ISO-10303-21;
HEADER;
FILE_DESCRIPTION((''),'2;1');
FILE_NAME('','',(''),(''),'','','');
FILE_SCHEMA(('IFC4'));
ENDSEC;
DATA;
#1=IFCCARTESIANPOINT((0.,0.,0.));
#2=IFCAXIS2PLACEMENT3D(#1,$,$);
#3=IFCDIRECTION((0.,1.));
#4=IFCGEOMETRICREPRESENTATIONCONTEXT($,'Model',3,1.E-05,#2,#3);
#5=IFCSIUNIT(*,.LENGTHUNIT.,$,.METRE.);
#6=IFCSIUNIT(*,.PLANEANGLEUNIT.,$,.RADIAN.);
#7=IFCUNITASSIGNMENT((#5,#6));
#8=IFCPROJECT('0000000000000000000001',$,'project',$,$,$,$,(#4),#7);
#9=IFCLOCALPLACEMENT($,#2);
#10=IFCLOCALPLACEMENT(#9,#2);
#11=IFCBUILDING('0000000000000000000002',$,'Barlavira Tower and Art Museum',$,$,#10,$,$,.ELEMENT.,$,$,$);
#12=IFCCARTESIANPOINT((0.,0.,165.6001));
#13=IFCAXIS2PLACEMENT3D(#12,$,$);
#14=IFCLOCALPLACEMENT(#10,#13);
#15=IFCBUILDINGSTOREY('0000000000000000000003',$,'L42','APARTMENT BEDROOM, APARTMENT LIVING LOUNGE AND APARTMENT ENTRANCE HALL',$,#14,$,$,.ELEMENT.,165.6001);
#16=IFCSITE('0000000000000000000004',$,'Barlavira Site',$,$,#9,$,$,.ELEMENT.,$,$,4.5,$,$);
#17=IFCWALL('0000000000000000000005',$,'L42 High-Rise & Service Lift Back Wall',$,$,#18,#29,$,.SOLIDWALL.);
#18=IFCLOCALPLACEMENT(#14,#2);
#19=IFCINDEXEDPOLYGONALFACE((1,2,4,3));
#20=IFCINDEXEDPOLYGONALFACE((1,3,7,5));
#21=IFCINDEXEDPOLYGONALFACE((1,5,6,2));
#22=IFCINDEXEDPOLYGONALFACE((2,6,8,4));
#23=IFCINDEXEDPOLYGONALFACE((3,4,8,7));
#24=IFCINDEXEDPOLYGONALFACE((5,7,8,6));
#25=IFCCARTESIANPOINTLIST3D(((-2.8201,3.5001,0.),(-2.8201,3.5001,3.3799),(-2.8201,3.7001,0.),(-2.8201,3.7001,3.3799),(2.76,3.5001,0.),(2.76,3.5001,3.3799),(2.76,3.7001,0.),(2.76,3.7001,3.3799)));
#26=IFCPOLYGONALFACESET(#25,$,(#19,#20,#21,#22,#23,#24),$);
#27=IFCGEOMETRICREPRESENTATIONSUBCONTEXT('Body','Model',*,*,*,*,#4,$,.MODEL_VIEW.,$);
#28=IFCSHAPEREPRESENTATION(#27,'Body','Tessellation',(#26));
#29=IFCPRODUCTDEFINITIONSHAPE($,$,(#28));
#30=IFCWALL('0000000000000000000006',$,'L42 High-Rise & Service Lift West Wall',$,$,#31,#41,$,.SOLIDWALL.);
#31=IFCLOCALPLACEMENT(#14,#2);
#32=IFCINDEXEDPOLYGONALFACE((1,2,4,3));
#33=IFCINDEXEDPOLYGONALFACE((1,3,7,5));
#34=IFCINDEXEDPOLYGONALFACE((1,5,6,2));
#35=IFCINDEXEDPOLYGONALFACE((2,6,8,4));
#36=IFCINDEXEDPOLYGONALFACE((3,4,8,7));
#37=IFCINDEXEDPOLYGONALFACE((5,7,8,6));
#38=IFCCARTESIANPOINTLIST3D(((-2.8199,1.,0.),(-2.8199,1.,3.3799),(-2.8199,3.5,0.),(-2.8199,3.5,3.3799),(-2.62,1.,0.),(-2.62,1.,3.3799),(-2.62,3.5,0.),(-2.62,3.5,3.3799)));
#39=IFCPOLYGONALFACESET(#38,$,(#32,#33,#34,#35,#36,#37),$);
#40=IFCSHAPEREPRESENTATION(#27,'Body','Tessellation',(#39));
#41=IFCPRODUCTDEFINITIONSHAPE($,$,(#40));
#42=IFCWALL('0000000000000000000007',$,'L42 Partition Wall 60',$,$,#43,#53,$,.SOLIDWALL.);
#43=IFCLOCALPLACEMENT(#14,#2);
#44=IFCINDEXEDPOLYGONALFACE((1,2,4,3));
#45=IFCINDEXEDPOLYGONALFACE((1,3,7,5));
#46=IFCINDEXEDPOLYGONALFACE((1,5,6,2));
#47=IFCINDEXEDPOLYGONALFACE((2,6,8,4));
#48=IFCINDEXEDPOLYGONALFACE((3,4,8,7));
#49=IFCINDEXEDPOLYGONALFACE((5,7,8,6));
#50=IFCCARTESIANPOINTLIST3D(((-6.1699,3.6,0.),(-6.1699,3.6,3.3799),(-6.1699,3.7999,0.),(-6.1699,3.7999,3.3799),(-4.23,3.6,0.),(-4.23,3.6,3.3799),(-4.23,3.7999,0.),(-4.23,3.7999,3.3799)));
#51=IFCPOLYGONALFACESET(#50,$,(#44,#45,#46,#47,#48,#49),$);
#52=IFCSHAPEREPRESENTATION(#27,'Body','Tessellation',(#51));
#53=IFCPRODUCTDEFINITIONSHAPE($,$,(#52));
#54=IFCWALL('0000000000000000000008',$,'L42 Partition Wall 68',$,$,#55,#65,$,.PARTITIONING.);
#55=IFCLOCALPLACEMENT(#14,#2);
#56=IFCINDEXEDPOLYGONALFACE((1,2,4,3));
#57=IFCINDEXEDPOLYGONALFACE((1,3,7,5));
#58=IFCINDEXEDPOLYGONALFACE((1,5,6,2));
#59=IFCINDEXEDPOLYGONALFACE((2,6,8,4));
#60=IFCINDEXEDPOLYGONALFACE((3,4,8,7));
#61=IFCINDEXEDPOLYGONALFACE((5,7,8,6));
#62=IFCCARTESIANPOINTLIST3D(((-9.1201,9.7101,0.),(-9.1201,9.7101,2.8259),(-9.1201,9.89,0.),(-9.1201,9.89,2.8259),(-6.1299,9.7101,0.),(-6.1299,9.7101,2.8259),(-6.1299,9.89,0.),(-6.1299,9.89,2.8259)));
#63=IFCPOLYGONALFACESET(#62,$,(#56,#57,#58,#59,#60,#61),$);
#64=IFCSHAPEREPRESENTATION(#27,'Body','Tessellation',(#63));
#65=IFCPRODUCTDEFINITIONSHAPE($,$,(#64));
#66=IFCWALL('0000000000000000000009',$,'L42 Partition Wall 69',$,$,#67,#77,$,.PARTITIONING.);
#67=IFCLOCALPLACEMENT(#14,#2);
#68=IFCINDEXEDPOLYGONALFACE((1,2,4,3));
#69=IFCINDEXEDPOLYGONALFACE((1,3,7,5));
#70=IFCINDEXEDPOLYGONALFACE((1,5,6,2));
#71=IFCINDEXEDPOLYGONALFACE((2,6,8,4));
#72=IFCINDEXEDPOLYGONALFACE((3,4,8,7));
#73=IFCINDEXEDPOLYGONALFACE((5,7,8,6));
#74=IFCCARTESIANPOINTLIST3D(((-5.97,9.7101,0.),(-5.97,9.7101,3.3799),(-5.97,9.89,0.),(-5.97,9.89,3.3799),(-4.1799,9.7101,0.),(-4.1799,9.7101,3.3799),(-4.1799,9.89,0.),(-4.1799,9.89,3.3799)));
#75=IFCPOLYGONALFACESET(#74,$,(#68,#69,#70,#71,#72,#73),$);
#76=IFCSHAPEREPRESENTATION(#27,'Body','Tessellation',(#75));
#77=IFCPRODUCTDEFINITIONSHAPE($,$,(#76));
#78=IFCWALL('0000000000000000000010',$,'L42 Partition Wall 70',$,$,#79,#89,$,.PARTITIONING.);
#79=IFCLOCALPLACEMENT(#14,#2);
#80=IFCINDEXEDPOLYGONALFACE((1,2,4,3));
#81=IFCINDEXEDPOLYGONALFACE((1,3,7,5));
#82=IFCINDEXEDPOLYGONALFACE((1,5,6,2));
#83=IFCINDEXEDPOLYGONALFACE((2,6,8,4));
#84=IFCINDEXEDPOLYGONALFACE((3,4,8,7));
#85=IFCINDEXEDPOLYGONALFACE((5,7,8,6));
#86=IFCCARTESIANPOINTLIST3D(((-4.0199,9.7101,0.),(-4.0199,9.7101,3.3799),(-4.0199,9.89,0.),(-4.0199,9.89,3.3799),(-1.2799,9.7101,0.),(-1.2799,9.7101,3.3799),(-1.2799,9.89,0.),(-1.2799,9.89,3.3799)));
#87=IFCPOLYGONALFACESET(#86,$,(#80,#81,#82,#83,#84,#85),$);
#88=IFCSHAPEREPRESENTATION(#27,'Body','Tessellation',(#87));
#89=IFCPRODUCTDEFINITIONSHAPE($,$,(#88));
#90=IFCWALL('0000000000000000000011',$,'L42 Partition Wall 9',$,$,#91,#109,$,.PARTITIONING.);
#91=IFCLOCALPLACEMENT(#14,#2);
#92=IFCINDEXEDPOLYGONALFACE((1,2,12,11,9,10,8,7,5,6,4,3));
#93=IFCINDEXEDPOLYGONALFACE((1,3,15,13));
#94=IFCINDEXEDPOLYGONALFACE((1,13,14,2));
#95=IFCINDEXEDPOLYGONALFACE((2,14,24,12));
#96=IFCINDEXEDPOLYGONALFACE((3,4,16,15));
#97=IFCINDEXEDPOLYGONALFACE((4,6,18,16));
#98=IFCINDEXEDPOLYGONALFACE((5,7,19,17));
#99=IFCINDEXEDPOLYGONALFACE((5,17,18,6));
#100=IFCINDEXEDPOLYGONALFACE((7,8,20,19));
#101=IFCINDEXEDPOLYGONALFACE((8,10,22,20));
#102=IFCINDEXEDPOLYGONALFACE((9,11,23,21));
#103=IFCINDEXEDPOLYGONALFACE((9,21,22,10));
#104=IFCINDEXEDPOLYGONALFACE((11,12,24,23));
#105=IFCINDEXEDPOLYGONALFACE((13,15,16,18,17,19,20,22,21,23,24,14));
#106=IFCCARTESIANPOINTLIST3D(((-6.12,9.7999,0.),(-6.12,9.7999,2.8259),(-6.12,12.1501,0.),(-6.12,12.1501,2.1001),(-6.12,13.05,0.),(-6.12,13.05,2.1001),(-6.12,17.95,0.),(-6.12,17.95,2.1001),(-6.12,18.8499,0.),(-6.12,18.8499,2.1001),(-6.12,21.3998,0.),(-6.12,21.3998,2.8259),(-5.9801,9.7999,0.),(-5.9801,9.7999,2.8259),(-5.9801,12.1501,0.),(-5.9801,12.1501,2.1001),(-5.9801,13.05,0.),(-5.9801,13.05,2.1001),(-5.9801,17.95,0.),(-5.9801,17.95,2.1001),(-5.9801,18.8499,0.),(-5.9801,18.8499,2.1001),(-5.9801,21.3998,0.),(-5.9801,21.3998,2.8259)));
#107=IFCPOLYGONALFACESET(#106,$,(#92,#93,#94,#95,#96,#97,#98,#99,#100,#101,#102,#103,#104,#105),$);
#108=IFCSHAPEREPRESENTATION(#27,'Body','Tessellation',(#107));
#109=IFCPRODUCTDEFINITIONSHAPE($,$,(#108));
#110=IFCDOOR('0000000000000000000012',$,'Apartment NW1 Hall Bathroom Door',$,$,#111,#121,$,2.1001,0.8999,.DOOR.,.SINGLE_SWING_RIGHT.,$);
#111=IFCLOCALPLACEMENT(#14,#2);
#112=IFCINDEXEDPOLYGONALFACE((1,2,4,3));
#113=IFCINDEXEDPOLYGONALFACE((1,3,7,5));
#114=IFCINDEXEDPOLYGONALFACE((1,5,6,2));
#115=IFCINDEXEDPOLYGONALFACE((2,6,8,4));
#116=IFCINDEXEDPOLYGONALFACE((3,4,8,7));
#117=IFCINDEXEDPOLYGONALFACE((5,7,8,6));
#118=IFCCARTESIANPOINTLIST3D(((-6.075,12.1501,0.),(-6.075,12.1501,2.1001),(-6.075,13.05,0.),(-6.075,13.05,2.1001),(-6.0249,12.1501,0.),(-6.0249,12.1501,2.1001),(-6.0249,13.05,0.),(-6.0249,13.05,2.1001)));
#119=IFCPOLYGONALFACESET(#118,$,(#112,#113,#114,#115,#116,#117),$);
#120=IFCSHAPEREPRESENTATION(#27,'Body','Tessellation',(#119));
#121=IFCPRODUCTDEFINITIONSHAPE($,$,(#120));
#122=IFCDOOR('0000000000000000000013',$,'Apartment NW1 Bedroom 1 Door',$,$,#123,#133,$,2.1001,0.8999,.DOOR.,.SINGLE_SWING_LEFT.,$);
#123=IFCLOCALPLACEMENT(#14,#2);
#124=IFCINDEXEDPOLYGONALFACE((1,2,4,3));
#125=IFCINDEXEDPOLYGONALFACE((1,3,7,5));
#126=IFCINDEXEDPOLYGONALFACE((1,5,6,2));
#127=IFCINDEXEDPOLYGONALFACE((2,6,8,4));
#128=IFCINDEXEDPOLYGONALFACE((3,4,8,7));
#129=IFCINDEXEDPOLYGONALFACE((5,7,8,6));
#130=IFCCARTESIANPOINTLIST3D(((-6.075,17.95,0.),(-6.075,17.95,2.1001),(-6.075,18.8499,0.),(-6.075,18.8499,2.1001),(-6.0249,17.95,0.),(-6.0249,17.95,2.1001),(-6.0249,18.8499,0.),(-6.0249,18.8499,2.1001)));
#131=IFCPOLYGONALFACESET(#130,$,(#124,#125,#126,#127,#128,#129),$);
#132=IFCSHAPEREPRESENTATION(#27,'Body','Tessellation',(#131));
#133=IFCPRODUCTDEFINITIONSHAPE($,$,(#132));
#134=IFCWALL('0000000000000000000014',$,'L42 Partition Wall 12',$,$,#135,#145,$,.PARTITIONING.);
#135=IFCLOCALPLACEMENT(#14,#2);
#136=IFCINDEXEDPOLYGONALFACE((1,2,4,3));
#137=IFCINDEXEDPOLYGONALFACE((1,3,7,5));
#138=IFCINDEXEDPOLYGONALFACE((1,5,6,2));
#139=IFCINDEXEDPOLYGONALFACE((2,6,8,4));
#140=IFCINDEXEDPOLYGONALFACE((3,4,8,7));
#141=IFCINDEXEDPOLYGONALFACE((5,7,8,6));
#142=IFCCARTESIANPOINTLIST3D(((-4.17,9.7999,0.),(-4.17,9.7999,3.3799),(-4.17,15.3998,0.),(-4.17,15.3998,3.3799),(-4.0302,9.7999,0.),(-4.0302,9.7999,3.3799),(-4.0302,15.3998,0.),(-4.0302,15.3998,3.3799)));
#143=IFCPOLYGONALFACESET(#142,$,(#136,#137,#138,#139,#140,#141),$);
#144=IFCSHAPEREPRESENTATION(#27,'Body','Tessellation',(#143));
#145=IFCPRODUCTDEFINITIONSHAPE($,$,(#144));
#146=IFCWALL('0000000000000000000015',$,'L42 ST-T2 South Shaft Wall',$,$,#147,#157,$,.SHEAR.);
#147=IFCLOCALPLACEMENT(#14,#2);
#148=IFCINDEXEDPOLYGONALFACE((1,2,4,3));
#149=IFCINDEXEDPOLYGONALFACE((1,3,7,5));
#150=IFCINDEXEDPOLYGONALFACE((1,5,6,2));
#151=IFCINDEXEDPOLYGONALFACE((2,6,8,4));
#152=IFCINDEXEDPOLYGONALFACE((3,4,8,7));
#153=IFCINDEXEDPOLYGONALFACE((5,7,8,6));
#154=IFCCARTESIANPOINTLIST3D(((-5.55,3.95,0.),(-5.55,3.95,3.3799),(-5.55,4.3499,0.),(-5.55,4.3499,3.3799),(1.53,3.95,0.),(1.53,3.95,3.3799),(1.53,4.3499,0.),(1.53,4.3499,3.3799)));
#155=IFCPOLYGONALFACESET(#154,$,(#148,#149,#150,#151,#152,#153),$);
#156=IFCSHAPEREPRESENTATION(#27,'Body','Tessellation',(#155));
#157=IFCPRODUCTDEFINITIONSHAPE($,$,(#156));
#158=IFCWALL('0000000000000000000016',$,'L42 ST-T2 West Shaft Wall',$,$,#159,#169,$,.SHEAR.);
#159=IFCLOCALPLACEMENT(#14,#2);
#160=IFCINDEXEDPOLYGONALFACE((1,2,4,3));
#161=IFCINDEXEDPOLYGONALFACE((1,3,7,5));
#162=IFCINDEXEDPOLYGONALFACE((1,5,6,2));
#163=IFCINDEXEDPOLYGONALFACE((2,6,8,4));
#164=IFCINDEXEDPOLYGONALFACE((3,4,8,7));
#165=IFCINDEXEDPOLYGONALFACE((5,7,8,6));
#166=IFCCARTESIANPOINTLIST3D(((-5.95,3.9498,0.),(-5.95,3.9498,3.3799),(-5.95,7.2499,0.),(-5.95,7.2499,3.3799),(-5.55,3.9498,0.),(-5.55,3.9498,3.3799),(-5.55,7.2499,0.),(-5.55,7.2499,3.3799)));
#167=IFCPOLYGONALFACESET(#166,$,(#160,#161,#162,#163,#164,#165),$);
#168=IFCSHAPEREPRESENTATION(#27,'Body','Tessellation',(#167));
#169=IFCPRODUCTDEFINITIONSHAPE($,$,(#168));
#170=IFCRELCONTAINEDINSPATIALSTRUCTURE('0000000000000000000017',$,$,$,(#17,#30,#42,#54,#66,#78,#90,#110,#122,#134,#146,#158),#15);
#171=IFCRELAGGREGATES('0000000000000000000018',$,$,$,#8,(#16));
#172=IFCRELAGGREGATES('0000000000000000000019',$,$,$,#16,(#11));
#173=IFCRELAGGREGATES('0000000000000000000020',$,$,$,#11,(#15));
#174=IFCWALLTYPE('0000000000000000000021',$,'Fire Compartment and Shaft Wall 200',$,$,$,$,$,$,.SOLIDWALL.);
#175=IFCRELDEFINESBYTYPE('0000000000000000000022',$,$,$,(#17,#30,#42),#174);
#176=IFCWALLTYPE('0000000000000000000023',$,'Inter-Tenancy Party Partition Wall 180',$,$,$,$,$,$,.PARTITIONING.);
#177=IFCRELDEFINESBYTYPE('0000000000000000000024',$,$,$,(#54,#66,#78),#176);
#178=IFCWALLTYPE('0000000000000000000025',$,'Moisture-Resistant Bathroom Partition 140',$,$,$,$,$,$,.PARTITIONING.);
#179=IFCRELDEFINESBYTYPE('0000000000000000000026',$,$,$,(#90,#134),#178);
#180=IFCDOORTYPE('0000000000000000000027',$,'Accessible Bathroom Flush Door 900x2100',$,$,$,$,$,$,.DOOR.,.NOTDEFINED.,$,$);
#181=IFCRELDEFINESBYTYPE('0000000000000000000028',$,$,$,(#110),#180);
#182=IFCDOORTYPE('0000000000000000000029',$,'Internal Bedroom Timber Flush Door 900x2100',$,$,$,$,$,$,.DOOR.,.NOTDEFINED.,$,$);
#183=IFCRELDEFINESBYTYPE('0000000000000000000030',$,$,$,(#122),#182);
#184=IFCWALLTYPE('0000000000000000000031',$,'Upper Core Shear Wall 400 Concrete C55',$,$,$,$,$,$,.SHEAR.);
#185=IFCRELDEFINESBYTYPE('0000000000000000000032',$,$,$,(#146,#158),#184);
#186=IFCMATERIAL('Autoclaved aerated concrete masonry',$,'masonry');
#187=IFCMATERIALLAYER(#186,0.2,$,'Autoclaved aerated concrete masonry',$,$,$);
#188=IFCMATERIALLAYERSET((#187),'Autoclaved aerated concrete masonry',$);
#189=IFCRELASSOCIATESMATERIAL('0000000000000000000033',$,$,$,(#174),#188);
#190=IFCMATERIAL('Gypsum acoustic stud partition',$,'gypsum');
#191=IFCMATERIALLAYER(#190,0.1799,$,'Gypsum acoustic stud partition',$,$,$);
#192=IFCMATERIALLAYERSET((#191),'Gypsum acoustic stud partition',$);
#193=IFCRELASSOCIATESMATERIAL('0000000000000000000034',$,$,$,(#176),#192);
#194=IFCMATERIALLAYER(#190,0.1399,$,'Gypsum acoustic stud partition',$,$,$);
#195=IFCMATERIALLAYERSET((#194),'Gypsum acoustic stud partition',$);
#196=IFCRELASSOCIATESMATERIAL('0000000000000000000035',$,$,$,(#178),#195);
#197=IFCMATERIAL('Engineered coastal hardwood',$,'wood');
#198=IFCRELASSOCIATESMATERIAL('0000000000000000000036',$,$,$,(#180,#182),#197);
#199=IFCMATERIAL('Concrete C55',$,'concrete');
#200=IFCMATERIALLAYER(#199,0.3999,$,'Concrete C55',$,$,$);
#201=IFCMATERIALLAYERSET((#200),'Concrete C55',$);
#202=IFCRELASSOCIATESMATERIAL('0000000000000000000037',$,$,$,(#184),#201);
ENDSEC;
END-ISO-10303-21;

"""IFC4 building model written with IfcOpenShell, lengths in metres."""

from ifc_helpers import new_model, si_unit, direction, frame, frame_2d, origin, place, context, subcontext, project, spatial, rectangle, extrude, material, layer, layer_set, type_object, element, fill, save


model = new_model("IFC4")

# Units and contexts
model_context = context("Model", 3, precision=1e-05, world=origin(), true_north=direction((0.0, 1.0)))
body_context = subcontext(model_context, "Body", "Model", "MODEL_VIEW")
ifc_project = project(units=[si_unit("LENGTHUNIT", "METRE"), si_unit("PLANEANGLEUNIT", "RADIAN")], contexts=[model_context])

# Site, building, storey
site_placement = place(None, origin())
site = spatial("IfcSite", under=ifc_project, at=site_placement, Name="Barlavira Site", CompositionType="ELEMENT", RefElevation=4.5)
building_placement = place(site_placement, origin())
building = spatial("IfcBuilding", under=site, at=building_placement, Name="Barlavira Tower and Art Museum", CompositionType="ELEMENT")
storey_placement = place(building_placement, frame((0.0, 0.0, 165.6001)))
storey = spatial("IfcBuildingStorey", under=building, at=storey_placement, Name="L42", Description="APARTMENT BEDROOM, APARTMENT LIVING LOUNGE AND APARTMENT ENTRANCE HALL", CompositionType="ELEMENT", Elevation=165.6001)

# Shared definitions
ifc_material_1 = material(Name="Autoclaved aerated concrete masonry", Category="masonry")
ifc_layer_1 = layer(ifc_material_1, 0.2, Name="Autoclaved aerated concrete masonry")
ifc_layer_set_1 = layer_set([ifc_layer_1], Name="Autoclaved aerated concrete masonry")
wall_type_1 = type_object("IfcWallType", Name="Fire Compartment and Shaft Wall 200", PredefinedType="SOLIDWALL", material=ifc_layer_set_1)

# Walls
wall_1_placement = place(storey_placement, frame((-2.8201, 3.6001, 0.0), z_axis=(0.0, 0.0, 1.0), x_axis=(1.0, 0.0, 0.0)))
element("IfcWall", 1, at=wall_1_placement, inside=storey, type_object=wall_type_1, Name="L42 High-Rise & Service Lift Back Wall", PredefinedType="SOLIDWALL", context=body_context, shape_type="SweptSolid", body=[
    extrude(rectangle(XDim=5.5801, YDim=0.2, at=frame_2d((2.79, 0.0))), origin(), (0.0, 0.0, 1.0), 3.3799),
])
wall_2_placement = place(storey_placement, frame((-2.72, 1.0, 0.0), z_axis=(0.0, 0.0, 1.0), x_axis=(0.0, 1.0, 0.0)))
element("IfcWall", 2, at=wall_2_placement, inside=storey, type_object=wall_type_1, Name="L42 High-Rise & Service Lift West Wall", PredefinedType="SOLIDWALL", context=body_context, shape_type="SweptSolid", body=[
    extrude(rectangle(XDim=2.5, YDim=0.2, at=frame_2d((1.25, 0.0))), origin(), (0.0, 0.0, 1.0), 3.3799),
])
wall_3_placement = place(storey_placement, frame((-6.1699, 3.7, 0.0), z_axis=(0.0, 0.0, 1.0), x_axis=(1.0, 0.0, 0.0)))
element("IfcWall", 3, at=wall_3_placement, inside=storey, type_object=wall_type_1, Name="L42 Partition Wall 60", PredefinedType="SOLIDWALL", context=body_context, shape_type="SweptSolid", body=[
    extrude(rectangle(XDim=1.9399, YDim=0.2, at=frame_2d((0.97, 0.0))), origin(), (0.0, 0.0, 1.0), 3.3799),
])
ifc_material_2 = material(Name="Gypsum acoustic stud partition", Category="gypsum")
ifc_layer_2 = layer(ifc_material_2, 0.1799, Name="Gypsum acoustic stud partition")
ifc_layer_set_2 = layer_set([ifc_layer_2], Name="Gypsum acoustic stud partition")
wall_type_2 = type_object("IfcWallType", Name="Inter-Tenancy Party Partition Wall 180", PredefinedType="PARTITIONING", material=ifc_layer_set_2)
wall_4_placement = place(storey_placement, frame((-9.1201, 9.8, 0.0), z_axis=(0.0, 0.0, 1.0), x_axis=(1.0, 0.0, 0.0)))
element("IfcWall", 4, at=wall_4_placement, inside=storey, type_object=wall_type_2, Name="L42 Partition Wall 68", PredefinedType="PARTITIONING", context=body_context, shape_type="SweptSolid", body=[
    extrude(rectangle(XDim=2.9902, YDim=0.1799, at=frame_2d((1.4951, 0.0))), origin(), (0.0, 0.0, 1.0), 2.8259),
])
wall_5_placement = place(storey_placement, frame((-5.97, 9.8, 0.0), z_axis=(0.0, 0.0, 1.0), x_axis=(1.0, 0.0, 0.0)))
element("IfcWall", 5, at=wall_5_placement, inside=storey, type_object=wall_type_2, Name="L42 Partition Wall 69", PredefinedType="PARTITIONING", context=body_context, shape_type="SweptSolid", body=[
    extrude(rectangle(XDim=1.79, YDim=0.1799, at=frame_2d((0.895, 0.0))), origin(), (0.0, 0.0, 1.0), 3.3799),
])
wall_6_placement = place(storey_placement, frame((-4.02, 9.8, 0.0), z_axis=(0.0, 0.0, 1.0), x_axis=(1.0, 0.0, 0.0)))
element("IfcWall", 6, at=wall_6_placement, inside=storey, type_object=wall_type_2, Name="L42 Partition Wall 70", PredefinedType="PARTITIONING", context=body_context, shape_type="SweptSolid", body=[
    extrude(rectangle(XDim=2.74, YDim=0.1799, at=frame_2d((1.3701, 0.0))), origin(), (0.0, 0.0, 1.0), 3.3799),
])

# Wall, openings, doors
ifc_layer_3 = layer(ifc_material_2, 0.1399, Name="Gypsum acoustic stud partition")
ifc_layer_set_3 = layer_set([ifc_layer_3], Name="Gypsum acoustic stud partition")
wall_type_3 = type_object("IfcWallType", Name="Moisture-Resistant Bathroom Partition 140", PredefinedType="PARTITIONING", material=ifc_layer_set_3)
wall_7_placement = place(storey_placement, frame((-6.05, 9.8, 0.0), z_axis=(0.0, 0.0, 1.0), x_axis=(0.0, 1.0, 0.0)))
wall_7 = element("IfcWall", 7, at=wall_7_placement, inside=storey, type_object=wall_type_3, Name="L42 Partition Wall 9", PredefinedType="PARTITIONING", context=body_context, shape_type="SweptSolid", body=[
    extrude(rectangle(XDim=11.5999, YDim=0.1399, at=frame_2d((5.7998, 0.0))), origin(), (0.0, 0.0, 1.0), 2.8259),
])
opening_1_placement = place(wall_7_placement, frame((2.3501, 0.0, 0.0)))
opening_1 = element("IfcOpeningElement", 8, at=opening_1_placement, cuts=wall_7, PredefinedType="OPENING", context=body_context, shape_type="SweptSolid", body=[
    extrude(rectangle(XDim=0.8999, YDim=2.1001, at=frame_2d((0.45, 1.05))), frame((0.0, 0.0801, 0.0), z_axis=(0.0, -1.0, 0.0), x_axis=(1.0, 0.0, 0.0)), (0.0, 0.0, 1.0), 0.1599),
])
opening_2_placement = place(wall_7_placement, frame((8.1499, 0.0, 0.0)))
opening_2 = element("IfcOpeningElement", 9, at=opening_2_placement, cuts=wall_7, PredefinedType="OPENING", context=body_context, shape_type="SweptSolid", body=[
    extrude(rectangle(XDim=0.8999, YDim=2.1001, at=frame_2d((0.45, 1.05))), frame((0.0, 0.0801, 0.0), z_axis=(0.0, -1.0, 0.0), x_axis=(1.0, 0.0, 0.0)), (0.0, 0.0, 1.0), 0.1599),
])
ifc_material_3 = material(Name="Engineered coastal hardwood", Category="wood")
door_type_1 = type_object("IfcDoorType", Name="Accessible Bathroom Flush Door 900x2100", OperationType="NOTDEFINED", PredefinedType="DOOR", material=ifc_material_3)
door_1_placement = place(opening_1_placement, origin())
door_1 = element("IfcDoor", 10, at=door_1_placement, inside=storey, type_object=door_type_1, Name="Apartment NW1 Hall Bathroom Door", OperationType="SINGLE_SWING_RIGHT", OverallHeight=2.1001, OverallWidth=0.8999, PredefinedType="DOOR", context=body_context, shape_type="SweptSolid", body=[
    extrude(rectangle(XDim=0.8999, YDim=2.1001, at=frame_2d((0.45, 1.05))), frame((0.0, 0.0249, 0.0), z_axis=(0.0, -1.0, 0.0), x_axis=(1.0, 0.0, 0.0)), (0.0, 0.0, 1.0), 0.05),
])
fill(opening_1, door_1)
door_type_2 = type_object("IfcDoorType", Name="Internal Bedroom Timber Flush Door 900x2100", OperationType="NOTDEFINED", PredefinedType="DOOR", material=ifc_material_3)
door_2_placement = place(opening_2_placement, origin())
door_2 = element("IfcDoor", 11, at=door_2_placement, inside=storey, type_object=door_type_2, Name="Apartment NW1 Bedroom 1 Door", OperationType="SINGLE_SWING_LEFT", OverallHeight=2.1001, OverallWidth=0.8999, PredefinedType="DOOR", context=body_context, shape_type="SweptSolid", body=[
    extrude(rectangle(XDim=0.8999, YDim=2.1001, at=frame_2d((0.45, 1.05))), frame((0.0, 0.0249, 0.0), z_axis=(0.0, -1.0, 0.0), x_axis=(1.0, 0.0, 0.0)), (0.0, 0.0, 1.0), 0.05),
])
fill(opening_2, door_2)

# Walls
wall_8_placement = place(storey_placement, frame((-4.1001, 9.8, 0.0), z_axis=(0.0, 0.0, 1.0), x_axis=(0.0, 1.0, 0.0)))
element("IfcWall", 12, at=wall_8_placement, inside=storey, type_object=wall_type_3, Name="L42 Partition Wall 12", PredefinedType="PARTITIONING", context=body_context, shape_type="SweptSolid", body=[
    extrude(rectangle(XDim=5.5999, YDim=0.1399, at=frame_2d((2.7998, 0.0))), origin(), (0.0, 0.0, 1.0), 3.3799),
])
ifc_material_4 = material(Name="Concrete C55", Category="concrete")
ifc_layer_4 = layer(ifc_material_4, 0.3999, Name="Concrete C55")
ifc_layer_set_4 = layer_set([ifc_layer_4], Name="Concrete C55")
wall_type_4 = type_object("IfcWallType", Name="Upper Core Shear Wall 400 Concrete C55", PredefinedType="SHEAR", material=ifc_layer_set_4)
wall_9_placement = place(storey_placement, frame((-5.55, 4.1499, 0.0), z_axis=(0.0, 0.0, 1.0), x_axis=(1.0, 0.0, 0.0)))
element("IfcWall", 13, at=wall_9_placement, inside=storey, type_object=wall_type_4, Name="L42 ST-T2 South Shaft Wall", PredefinedType="SHEAR", context=body_context, shape_type="SweptSolid", body=[
    extrude(rectangle(XDim=7.0801, YDim=0.3999, at=frame_2d((3.54, 0.0))), origin(), (0.0, 0.0, 1.0), 3.3799),
])
wall_10_placement = place(storey_placement, frame((-5.75, 3.95, 0.0), z_axis=(0.0, 0.0, 1.0), x_axis=(0.0, 1.0, 0.0)))
element("IfcWall", 14, at=wall_10_placement, inside=storey, type_object=wall_type_4, Name="L42 ST-T2 West Shaft Wall", PredefinedType="SHEAR", context=body_context, shape_type="SweptSolid", body=[
    extrude(rectangle(XDim=3.3, YDim=0.3999, at=frame_2d((1.6499, 0.0))), origin(), (0.0, 0.0, 1.0), 3.3799),
])

save(model, "model.ifc")
